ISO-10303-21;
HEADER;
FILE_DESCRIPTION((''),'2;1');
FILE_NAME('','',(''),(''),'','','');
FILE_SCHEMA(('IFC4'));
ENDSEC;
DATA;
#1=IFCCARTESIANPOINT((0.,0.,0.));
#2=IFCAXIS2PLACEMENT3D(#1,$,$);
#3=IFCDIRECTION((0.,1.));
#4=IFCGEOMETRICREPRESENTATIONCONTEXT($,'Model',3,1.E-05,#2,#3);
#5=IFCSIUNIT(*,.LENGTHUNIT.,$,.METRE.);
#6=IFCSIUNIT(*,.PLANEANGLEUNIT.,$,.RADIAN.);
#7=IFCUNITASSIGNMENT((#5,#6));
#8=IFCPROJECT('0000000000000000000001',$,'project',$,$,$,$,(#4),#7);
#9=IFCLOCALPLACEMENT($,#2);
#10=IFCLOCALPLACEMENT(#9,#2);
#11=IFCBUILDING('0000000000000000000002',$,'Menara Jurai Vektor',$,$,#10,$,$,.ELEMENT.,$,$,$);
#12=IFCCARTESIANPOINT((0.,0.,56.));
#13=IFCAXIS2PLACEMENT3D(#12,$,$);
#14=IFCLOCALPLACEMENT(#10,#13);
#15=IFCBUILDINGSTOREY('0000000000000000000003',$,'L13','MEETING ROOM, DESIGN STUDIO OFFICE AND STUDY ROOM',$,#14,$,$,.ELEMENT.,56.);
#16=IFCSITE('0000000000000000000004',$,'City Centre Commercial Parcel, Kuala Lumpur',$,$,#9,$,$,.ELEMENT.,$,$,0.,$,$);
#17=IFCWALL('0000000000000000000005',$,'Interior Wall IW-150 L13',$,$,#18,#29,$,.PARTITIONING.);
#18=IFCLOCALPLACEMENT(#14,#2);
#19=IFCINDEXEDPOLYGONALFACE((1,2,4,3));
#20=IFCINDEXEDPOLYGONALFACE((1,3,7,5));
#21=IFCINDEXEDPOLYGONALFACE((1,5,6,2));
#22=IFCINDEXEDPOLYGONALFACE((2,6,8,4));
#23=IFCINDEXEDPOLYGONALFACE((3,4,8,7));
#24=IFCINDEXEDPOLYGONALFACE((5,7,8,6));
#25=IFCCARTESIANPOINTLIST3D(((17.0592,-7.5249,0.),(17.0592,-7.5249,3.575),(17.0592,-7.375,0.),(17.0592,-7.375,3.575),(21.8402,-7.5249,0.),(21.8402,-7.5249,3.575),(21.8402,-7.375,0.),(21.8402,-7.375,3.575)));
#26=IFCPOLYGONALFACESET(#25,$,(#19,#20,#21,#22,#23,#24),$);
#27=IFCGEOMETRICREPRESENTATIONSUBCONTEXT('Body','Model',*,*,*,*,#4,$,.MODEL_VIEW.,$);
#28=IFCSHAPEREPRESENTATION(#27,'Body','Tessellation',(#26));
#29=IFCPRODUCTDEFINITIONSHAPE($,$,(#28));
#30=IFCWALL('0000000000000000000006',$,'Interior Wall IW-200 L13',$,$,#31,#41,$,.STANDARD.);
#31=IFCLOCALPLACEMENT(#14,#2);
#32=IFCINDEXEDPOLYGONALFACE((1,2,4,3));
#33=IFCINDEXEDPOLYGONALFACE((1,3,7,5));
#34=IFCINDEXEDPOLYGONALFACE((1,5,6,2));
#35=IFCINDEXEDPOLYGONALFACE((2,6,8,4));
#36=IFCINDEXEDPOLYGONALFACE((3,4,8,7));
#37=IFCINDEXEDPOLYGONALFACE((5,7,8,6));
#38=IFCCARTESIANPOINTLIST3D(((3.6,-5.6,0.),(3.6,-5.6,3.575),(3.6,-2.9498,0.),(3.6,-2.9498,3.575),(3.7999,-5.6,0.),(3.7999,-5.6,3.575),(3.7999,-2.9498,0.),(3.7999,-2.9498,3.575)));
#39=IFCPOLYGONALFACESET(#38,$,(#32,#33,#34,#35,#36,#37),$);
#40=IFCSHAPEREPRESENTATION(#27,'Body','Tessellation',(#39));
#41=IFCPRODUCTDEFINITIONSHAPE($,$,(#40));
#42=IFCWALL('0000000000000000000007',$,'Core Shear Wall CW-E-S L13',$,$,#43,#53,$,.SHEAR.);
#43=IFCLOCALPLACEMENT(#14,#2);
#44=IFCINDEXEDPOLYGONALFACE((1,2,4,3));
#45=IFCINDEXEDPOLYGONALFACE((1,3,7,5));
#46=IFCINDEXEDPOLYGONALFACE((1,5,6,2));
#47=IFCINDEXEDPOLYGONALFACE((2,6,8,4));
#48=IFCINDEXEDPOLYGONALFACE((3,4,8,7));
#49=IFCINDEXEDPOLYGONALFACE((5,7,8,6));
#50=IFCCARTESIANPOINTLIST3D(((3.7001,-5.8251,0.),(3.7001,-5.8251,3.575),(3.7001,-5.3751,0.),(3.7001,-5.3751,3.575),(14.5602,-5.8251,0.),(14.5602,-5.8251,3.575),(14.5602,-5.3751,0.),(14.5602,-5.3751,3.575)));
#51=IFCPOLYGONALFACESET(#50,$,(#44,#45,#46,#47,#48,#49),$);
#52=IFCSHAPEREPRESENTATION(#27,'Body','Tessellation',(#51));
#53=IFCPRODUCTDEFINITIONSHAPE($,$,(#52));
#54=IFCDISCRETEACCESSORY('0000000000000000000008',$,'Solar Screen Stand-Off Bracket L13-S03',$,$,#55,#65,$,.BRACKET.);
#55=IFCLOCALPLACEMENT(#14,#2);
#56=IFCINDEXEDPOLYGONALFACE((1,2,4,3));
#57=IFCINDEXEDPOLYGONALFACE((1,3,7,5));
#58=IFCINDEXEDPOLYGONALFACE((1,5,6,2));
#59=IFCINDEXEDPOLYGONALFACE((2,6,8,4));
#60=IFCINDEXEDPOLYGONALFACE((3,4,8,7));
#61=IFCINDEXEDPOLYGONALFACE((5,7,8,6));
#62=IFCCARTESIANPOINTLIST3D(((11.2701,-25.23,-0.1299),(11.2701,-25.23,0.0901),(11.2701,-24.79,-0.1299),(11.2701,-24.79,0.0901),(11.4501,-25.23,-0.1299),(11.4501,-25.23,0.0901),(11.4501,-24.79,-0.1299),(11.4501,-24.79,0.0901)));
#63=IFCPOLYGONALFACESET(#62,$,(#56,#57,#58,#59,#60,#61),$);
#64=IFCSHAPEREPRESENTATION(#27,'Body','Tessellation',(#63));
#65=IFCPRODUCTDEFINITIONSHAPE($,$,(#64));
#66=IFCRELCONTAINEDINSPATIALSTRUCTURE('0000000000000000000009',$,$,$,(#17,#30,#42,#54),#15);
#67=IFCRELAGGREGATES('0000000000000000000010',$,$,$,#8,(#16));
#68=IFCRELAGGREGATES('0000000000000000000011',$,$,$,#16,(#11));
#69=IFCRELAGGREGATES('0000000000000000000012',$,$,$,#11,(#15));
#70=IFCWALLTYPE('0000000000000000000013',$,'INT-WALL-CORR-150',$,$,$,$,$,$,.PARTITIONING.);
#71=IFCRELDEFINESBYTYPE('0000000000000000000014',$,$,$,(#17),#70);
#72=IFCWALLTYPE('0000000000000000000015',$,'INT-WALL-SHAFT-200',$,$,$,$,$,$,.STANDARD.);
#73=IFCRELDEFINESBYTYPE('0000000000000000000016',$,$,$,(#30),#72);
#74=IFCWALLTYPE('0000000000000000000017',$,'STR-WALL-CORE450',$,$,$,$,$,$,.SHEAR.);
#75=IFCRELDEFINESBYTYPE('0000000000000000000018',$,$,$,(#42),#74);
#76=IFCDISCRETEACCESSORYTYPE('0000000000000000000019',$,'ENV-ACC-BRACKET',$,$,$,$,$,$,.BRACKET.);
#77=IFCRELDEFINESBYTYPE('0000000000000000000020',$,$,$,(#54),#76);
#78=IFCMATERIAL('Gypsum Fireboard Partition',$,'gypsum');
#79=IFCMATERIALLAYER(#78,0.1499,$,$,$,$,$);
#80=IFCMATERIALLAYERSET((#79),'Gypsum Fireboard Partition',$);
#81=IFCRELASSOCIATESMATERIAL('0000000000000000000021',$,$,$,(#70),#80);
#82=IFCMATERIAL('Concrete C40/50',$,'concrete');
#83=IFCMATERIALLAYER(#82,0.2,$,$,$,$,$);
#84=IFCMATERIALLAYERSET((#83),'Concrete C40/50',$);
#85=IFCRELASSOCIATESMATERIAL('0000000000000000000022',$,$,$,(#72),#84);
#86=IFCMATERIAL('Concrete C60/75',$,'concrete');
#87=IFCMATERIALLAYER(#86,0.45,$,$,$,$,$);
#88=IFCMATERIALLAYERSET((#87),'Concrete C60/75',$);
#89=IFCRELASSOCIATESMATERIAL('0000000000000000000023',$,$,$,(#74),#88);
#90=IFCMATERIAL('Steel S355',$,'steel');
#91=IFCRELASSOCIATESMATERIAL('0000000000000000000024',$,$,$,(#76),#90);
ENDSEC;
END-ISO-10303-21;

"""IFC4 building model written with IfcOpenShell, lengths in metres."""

from ifc_helpers import new_model, si_unit, direction, frame, frame_2d, origin, origin_2d, place, context, subcontext, project, spatial, rectangle, extrude, material, layer, layer_set, type_object, element, save


model = new_model("IFC4")

# Units and contexts
model_context = context("Model", 3, precision=1e-05, world=origin(), true_north=direction((0.0, 1.0)))
body_context = subcontext(model_context, "Body", "Model", "MODEL_VIEW")
ifc_project = project(units=[si_unit("LENGTHUNIT", "METRE"), si_unit("PLANEANGLEUNIT", "RADIAN")], contexts=[model_context])

# Site, building, storey
site_placement = place(None, origin())
site = spatial("IfcSite", under=ifc_project, at=site_placement, Name="City Centre Commercial Parcel, Kuala Lumpur", CompositionType="ELEMENT", RefElevation=0.0)
building_placement = place(site_placement, origin())
building = spatial("IfcBuilding", under=site, at=building_placement, Name="Menara Jurai Vektor", CompositionType="ELEMENT")
storey_placement = place(building_placement, frame((0.0, 0.0, 56.0)))
storey = spatial("IfcBuildingStorey", under=building, at=storey_placement, Name="L13", Description="MEETING ROOM, DESIGN STUDIO OFFICE AND STUDY ROOM", CompositionType="ELEMENT", Elevation=56.0)

# Shared definitions
ifc_material_1 = material(Name="Concrete C60/75", Category="concrete")

# Shared definitions
ifc_material_2 = material(Name="Steel S355", Category="steel")

# Shared definitions
ifc_material_3 = material(Name="Gypsum Fireboard Partition", Category="gypsum")
ifc_layer_1 = layer(ifc_material_3, 0.1499)
ifc_layer_set_1 = layer_set([ifc_layer_1], Name="Gypsum Fireboard Partition")
wall_type_1 = type_object("IfcWallType", Name="INT-WALL-CORR-150", PredefinedType="PARTITIONING", material=ifc_layer_set_1)

# Walls
wall_1_placement = place(storey_placement, frame((17.0591, -7.45, 0.0), z_axis=(0.0, 0.0, 1.0), x_axis=(1.0, 0.0, 0.0)))
element("IfcWall", 1, at=wall_1_placement, inside=storey, type_object=wall_type_1, Name="Interior Wall IW-150 L13", PredefinedType="PARTITIONING", context=body_context, shape_type="SweptSolid", body=[
    extrude(rectangle(XDim=4.781, YDim=0.1499, at=frame_2d((2.3906, 0.0))), origin(), (0.0, 0.0, 1.0), 3.575),
])
ifc_material_4 = material(Name="Concrete C40/50", Category="concrete")
ifc_layer_2 = layer(ifc_material_4, 0.2)
ifc_layer_set_2 = layer_set([ifc_layer_2], Name="Concrete C40/50")
wall_type_2 = type_object("IfcWallType", Name="INT-WALL-SHAFT-200", PredefinedType="STANDARD", material=ifc_layer_set_2)
wall_2_placement = place(storey_placement, frame((3.7, -5.6001, 0.0), z_axis=(0.0, 0.0, 1.0), x_axis=(0.0, 1.0, 0.0)))
element("IfcWall", 2, at=wall_2_placement, inside=storey, type_object=wall_type_2, Name="Interior Wall IW-200 L13", PredefinedType="STANDARD", context=body_context, shape_type="SweptSolid", body=[
    extrude(rectangle(XDim=2.6501, YDim=0.2, at=frame_2d((1.3252, 0.0))), origin(), (0.0, 0.0, 1.0), 3.575),
])
ifc_layer_3 = layer(ifc_material_1, 0.45)
ifc_layer_set_3 = layer_set([ifc_layer_3], Name="Concrete C60/75")
wall_type_3 = type_object("IfcWallType", Name="STR-WALL-CORE450", PredefinedType="SHEAR", material=ifc_layer_set_3)
wall_3_placement = place(storey_placement, frame((3.7, -5.6001, 0.0), z_axis=(0.0, 0.0, 1.0), x_axis=(1.0, 0.0, 0.0)))
element("IfcWall", 3, at=wall_3_placement, inside=storey, type_object=wall_type_3, Name="Core Shear Wall CW-E-S L13", PredefinedType="SHEAR", context=body_context, shape_type="SweptSolid", body=[
    extrude(rectangle(XDim=10.8601, YDim=0.45, at=frame_2d((5.4302, 0.0))), origin(), (0.0, 0.0, 1.0), 3.575),
])

# Discrete accessory
discrete_accessory_type = type_object("IfcDiscreteAccessoryType", Name="ENV-ACC-BRACKET", PredefinedType="BRACKET", material=ifc_material_2)
discrete_accessory_placement = place(storey_placement, frame((11.3601, -25.01, -0.1299), z_axis=(0.0, 0.0, 1.0), x_axis=(1.0, 0.0, 0.0)))
element("IfcDiscreteAccessory", 4, at=discrete_accessory_placement, inside=storey, type_object=discrete_accessory_type, Name="Solar Screen Stand-Off Bracket L13-S03", PredefinedType="BRACKET", context=body_context, shape_type="SweptSolid", body=[
    extrude(rectangle(XDim=0.1799, YDim=0.4399, at=origin_2d()), origin(), (0.0, 0.0, 1.0), 0.22),
])

save(model, "model.ifc")
